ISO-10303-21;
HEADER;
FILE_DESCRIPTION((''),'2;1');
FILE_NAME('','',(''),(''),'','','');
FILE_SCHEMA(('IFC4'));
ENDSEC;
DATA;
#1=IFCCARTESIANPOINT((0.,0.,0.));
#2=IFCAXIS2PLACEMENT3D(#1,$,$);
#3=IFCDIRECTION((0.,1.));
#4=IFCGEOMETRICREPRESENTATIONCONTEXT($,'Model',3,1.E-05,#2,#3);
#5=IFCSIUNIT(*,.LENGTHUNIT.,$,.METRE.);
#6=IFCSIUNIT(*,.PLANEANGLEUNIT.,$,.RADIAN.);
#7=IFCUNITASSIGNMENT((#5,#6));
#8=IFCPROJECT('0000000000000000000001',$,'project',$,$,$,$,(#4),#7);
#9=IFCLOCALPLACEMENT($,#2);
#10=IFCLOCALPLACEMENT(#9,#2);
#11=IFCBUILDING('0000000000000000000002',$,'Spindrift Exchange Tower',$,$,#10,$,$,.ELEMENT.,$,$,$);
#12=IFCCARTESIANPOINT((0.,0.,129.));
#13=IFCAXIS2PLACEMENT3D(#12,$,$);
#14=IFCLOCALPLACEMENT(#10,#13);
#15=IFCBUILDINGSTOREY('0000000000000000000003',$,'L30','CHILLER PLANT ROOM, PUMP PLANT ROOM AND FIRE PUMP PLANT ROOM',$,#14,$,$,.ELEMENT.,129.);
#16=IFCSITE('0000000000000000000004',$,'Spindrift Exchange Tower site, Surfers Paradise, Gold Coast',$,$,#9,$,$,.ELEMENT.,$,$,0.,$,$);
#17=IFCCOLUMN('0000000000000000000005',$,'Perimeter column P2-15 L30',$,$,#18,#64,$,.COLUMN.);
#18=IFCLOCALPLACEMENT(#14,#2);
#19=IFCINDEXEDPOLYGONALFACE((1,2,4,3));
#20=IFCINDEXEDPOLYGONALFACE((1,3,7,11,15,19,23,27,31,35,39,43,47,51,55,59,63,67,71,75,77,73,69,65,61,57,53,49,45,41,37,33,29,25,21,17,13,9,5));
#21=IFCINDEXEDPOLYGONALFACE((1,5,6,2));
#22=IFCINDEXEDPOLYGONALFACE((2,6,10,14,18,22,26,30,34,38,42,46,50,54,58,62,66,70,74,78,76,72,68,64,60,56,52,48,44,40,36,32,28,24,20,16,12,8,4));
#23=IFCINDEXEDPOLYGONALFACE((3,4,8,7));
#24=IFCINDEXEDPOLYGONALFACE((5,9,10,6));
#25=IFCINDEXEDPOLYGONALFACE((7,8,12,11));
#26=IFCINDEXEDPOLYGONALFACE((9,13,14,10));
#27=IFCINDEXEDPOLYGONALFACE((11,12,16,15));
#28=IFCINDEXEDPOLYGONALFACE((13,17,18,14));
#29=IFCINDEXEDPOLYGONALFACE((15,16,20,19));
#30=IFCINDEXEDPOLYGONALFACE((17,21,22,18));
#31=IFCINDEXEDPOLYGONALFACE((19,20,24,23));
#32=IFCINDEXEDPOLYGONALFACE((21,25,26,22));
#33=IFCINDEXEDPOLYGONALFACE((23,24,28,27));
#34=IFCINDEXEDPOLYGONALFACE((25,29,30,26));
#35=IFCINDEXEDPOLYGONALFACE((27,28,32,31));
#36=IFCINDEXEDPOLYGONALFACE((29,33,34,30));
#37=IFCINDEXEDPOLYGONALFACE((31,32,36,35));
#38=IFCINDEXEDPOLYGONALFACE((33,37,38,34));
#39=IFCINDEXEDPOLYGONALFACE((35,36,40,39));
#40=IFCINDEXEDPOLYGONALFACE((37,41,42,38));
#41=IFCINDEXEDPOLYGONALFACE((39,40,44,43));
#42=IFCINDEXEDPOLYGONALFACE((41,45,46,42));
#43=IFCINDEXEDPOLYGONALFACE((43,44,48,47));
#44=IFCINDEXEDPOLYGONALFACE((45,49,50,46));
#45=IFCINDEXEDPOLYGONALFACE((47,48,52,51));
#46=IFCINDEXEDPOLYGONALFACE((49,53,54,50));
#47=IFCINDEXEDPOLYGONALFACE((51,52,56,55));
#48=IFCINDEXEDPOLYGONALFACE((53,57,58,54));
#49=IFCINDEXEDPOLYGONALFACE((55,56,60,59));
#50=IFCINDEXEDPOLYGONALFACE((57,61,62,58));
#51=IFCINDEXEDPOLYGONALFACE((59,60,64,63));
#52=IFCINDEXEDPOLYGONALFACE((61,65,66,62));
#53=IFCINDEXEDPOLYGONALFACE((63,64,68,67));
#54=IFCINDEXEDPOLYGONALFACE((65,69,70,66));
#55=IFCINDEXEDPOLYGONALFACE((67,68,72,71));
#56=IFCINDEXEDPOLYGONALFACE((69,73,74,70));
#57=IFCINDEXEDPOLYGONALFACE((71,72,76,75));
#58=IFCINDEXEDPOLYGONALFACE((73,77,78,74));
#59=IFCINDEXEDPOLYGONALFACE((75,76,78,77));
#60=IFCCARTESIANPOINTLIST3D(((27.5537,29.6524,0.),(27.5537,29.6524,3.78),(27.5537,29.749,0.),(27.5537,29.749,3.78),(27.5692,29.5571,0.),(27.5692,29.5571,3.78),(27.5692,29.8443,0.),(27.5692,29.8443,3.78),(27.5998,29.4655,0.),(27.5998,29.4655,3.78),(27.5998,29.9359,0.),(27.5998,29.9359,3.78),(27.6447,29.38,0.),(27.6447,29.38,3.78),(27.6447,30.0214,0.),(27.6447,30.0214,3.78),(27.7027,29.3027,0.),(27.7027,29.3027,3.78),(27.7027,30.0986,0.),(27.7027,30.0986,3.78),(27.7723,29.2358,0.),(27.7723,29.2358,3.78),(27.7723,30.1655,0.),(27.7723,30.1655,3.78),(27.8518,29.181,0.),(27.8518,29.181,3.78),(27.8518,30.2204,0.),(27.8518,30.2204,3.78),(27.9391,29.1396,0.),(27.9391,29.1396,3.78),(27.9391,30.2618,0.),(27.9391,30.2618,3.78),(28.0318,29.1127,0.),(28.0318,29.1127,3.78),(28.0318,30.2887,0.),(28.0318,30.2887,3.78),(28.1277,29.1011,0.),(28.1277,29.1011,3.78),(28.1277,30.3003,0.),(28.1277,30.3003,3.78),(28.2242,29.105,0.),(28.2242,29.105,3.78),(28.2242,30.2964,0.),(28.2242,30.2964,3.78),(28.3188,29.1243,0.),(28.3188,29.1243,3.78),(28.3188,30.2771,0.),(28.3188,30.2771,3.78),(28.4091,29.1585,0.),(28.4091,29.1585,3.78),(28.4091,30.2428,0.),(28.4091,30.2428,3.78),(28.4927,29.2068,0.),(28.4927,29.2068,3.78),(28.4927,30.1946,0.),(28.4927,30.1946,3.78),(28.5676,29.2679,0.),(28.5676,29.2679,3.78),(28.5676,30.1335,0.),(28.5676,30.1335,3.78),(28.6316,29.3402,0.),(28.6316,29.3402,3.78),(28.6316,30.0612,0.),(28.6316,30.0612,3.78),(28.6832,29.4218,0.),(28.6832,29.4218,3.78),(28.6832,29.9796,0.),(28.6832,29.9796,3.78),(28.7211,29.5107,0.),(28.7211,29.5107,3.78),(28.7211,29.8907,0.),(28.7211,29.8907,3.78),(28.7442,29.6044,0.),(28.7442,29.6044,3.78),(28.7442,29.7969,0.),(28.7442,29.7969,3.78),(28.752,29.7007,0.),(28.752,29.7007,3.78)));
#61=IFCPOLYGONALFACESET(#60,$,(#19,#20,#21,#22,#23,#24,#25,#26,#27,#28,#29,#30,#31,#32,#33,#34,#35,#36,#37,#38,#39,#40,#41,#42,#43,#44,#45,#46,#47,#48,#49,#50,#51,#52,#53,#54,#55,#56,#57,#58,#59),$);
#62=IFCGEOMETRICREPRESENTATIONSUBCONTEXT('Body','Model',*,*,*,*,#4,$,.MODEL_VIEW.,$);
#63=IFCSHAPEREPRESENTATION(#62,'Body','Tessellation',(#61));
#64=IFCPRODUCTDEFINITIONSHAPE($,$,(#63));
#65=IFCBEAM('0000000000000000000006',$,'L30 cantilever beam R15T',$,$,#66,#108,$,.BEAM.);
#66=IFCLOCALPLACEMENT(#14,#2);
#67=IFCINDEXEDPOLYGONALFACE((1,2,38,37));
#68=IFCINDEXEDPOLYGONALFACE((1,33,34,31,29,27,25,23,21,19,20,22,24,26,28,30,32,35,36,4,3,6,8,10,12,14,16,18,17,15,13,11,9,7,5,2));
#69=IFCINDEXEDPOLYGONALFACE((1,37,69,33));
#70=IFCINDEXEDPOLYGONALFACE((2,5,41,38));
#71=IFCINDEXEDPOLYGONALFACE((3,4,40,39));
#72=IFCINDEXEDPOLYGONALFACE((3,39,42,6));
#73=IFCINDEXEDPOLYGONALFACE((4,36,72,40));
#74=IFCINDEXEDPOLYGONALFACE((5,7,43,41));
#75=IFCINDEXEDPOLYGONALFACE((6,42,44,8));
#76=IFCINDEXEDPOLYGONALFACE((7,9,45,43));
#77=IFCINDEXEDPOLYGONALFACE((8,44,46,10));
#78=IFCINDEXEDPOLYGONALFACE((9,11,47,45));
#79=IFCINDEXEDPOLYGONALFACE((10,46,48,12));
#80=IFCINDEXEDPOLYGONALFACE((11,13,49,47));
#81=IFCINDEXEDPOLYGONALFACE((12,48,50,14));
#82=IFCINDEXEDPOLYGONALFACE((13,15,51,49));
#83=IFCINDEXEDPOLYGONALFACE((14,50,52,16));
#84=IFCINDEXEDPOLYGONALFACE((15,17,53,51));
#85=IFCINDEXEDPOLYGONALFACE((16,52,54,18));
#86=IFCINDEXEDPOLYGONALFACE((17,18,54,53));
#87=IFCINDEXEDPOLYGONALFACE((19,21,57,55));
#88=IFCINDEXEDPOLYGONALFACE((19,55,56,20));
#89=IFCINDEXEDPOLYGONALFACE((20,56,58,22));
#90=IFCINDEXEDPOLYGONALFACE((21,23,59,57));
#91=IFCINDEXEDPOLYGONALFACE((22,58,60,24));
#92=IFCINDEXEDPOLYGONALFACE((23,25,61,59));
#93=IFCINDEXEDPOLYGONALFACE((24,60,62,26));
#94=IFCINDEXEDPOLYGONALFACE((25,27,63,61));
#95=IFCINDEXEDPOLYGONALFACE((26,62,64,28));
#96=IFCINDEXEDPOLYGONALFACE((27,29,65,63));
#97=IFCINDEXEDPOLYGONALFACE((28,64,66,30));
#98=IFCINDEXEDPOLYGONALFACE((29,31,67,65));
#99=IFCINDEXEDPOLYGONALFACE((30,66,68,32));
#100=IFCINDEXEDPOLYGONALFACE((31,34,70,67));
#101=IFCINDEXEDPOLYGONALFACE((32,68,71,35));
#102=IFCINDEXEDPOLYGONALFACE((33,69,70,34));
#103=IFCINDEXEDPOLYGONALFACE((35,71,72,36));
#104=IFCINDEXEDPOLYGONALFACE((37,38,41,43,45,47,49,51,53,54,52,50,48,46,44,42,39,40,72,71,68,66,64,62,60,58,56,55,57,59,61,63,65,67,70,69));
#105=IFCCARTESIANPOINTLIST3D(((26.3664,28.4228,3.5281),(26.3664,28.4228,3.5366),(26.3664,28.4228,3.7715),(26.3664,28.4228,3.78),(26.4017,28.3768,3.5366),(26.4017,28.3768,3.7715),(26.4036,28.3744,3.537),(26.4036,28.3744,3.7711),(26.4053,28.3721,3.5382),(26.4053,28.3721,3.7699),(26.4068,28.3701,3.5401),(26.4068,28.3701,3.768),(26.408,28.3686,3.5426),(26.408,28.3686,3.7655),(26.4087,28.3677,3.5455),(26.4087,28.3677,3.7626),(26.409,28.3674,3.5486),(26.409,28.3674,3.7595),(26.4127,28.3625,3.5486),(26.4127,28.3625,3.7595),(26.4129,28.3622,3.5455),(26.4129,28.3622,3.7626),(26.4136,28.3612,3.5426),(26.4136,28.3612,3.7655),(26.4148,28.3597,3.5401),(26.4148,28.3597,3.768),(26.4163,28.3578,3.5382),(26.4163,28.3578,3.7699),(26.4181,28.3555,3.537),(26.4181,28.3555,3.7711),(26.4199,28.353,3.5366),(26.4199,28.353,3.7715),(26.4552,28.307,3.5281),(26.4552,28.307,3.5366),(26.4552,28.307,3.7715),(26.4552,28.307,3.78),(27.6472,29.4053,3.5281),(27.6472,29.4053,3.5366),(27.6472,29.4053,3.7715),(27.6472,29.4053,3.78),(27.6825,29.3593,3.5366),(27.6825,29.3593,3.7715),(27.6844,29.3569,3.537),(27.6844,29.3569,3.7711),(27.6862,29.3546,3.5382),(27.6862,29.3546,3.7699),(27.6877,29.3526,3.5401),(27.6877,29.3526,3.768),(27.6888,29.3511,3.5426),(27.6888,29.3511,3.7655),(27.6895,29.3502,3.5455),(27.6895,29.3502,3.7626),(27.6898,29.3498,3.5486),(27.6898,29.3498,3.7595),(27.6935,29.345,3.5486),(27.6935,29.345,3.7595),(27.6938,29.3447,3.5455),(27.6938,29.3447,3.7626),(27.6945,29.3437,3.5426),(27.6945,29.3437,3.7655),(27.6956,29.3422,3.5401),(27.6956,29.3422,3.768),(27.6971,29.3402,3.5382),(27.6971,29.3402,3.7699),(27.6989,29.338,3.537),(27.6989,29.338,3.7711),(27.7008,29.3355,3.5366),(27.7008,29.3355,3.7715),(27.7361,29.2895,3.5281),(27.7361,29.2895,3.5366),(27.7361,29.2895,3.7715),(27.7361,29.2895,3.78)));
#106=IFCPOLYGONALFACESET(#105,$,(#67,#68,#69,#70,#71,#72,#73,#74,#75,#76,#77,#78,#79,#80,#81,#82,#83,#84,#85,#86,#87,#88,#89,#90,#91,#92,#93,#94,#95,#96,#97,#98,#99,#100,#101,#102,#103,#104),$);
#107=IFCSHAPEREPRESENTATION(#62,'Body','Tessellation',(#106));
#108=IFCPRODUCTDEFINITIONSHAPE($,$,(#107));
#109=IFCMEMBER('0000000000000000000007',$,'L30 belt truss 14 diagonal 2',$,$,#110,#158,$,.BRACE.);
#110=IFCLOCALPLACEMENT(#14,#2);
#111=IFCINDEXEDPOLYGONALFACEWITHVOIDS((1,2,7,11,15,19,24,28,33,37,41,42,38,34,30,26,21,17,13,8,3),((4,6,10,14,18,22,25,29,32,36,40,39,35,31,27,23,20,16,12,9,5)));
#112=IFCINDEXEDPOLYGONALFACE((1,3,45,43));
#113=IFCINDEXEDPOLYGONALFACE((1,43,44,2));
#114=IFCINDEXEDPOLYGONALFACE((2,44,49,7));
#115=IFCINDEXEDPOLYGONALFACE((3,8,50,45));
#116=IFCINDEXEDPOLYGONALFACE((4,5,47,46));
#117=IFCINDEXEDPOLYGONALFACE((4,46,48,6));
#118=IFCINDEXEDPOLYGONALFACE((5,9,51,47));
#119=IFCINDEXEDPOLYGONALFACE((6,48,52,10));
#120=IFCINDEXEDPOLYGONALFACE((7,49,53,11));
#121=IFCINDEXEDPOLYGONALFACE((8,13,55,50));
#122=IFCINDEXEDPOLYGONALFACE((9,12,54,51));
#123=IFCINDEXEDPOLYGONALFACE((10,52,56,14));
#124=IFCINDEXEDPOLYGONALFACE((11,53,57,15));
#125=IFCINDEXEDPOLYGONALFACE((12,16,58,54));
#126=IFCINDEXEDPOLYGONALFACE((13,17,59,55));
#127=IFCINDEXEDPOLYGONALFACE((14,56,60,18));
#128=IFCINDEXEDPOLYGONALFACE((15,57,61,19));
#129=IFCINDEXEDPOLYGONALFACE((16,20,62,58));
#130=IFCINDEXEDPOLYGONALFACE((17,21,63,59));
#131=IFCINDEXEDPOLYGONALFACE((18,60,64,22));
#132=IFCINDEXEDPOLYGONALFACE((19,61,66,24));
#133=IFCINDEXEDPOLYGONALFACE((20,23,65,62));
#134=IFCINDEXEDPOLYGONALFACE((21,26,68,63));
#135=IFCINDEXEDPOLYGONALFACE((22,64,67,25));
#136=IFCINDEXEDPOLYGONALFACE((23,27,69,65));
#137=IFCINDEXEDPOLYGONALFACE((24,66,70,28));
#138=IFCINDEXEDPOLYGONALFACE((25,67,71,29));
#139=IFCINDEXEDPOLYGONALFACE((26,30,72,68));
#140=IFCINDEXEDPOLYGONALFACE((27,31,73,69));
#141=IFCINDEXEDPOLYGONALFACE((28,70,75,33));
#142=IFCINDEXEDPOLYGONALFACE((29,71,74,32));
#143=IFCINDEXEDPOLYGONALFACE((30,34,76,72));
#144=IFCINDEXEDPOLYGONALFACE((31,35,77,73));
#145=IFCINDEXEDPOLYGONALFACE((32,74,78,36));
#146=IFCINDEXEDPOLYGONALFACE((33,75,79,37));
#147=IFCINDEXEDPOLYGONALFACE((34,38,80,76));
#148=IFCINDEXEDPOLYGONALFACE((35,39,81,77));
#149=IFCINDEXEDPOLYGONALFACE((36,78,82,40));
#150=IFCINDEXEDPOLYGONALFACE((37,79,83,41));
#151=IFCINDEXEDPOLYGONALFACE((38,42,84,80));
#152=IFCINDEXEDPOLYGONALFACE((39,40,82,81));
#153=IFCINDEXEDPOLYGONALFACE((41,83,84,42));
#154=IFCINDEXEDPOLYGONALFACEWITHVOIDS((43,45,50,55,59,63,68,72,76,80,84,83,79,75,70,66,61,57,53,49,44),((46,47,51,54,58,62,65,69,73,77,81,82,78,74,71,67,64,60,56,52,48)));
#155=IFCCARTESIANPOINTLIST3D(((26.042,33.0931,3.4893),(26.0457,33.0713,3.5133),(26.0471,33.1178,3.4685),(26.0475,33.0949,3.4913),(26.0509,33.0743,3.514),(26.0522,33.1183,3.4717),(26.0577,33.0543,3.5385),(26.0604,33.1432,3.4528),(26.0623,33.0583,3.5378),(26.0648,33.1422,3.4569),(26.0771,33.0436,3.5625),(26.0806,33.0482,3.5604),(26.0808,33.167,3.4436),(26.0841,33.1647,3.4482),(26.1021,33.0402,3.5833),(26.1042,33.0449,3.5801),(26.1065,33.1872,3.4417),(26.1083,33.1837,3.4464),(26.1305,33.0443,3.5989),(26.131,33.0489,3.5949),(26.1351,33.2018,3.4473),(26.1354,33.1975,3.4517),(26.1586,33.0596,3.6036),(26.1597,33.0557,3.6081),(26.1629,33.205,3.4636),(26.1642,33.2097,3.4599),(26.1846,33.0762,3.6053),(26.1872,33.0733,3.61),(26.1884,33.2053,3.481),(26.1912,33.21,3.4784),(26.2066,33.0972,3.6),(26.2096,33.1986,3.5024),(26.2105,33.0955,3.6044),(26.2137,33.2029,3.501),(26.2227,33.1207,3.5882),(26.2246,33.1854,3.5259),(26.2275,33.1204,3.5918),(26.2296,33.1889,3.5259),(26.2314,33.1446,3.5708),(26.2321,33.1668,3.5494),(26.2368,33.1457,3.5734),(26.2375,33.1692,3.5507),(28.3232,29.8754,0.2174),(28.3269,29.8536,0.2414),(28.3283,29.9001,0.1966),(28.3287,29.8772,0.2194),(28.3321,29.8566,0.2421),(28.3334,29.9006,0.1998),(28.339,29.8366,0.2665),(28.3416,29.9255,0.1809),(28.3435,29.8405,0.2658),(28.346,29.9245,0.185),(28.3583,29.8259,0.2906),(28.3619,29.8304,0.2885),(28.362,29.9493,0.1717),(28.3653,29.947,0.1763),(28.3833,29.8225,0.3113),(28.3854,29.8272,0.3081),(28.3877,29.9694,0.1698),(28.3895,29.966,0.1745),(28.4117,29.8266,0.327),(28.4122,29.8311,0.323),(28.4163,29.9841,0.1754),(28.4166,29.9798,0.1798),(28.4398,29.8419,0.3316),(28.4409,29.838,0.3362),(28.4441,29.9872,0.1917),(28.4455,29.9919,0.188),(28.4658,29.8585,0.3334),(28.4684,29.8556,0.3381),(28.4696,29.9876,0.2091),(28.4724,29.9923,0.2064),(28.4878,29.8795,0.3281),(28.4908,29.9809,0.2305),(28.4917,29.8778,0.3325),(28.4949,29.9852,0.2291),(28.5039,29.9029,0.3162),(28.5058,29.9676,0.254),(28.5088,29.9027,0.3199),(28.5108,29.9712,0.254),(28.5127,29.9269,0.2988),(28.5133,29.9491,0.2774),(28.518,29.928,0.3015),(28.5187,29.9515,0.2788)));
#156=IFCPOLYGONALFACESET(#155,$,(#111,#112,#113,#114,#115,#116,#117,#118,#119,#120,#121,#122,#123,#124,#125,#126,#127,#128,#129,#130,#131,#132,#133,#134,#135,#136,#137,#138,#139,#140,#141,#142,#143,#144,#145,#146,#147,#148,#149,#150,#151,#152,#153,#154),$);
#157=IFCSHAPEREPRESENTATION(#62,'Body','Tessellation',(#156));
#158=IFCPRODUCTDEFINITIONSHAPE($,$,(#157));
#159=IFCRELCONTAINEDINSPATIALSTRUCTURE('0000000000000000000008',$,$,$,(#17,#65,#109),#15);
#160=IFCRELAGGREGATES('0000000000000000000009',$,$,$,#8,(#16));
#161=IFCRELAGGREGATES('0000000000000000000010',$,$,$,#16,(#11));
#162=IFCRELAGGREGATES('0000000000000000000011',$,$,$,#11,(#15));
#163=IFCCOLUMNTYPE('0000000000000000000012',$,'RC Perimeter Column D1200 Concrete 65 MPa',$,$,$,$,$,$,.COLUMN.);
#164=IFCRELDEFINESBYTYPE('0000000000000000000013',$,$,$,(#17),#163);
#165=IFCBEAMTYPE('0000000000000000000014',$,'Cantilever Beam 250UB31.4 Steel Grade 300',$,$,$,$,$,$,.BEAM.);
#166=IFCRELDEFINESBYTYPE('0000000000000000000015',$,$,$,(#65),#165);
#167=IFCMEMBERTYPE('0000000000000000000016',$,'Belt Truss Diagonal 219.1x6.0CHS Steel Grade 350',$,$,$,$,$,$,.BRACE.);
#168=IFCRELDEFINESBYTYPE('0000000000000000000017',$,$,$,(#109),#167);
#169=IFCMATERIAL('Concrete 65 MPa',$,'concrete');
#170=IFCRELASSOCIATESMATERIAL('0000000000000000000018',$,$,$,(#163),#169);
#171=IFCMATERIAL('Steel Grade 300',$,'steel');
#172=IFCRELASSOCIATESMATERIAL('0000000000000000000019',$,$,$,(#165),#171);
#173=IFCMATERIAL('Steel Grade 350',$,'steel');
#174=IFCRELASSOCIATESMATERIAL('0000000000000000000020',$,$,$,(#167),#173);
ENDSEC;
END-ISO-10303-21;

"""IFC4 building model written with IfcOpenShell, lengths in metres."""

from ifc_helpers import new_model, si_unit, direction, frame, origin, origin_2d, place, context, subcontext, project, spatial, circle, hollow_circle, i_section, extrude, source, transform, mapped, material, material_profile, profile_set, type_object, element, save


model = new_model("IFC4")

# Units and contexts
model_context = context("Model", 3, precision=1e-05, world=origin(), true_north=direction((0.0, 1.0)))
body_context = subcontext(model_context, "Body", "Model", "MODEL_VIEW")
ifc_project = project(units=[si_unit("LENGTHUNIT", "METRE"), si_unit("PLANEANGLEUNIT", "RADIAN")], contexts=[model_context])

# Site, building, storey
site_placement = place(None, origin())
site = spatial("IfcSite", under=ifc_project, at=site_placement, Name="Spindrift Exchange Tower site, Surfers Paradise, Gold Coast", CompositionType="ELEMENT", RefElevation=0.0)
building_placement = place(site_placement, origin())
building = spatial("IfcBuilding", under=site, at=building_placement, Name="Spindrift Exchange Tower", CompositionType="ELEMENT")
storey_placement = place(building_placement, frame((0.0, 0.0, 129.0)))
storey = spatial("IfcBuildingStorey", under=building, at=storey_placement, Name="L30", Description="CHILLER PLANT ROOM, PUMP PLANT ROOM AND FIRE PUMP PLANT ROOM", CompositionType="ELEMENT", Elevation=129.0)

# Column
ifc_material_1 = material(Name="Concrete 65 MPa", Category="concrete")
ifc_material_profile_1 = material_profile(ifc_material_1, circle(Radius=0.6001, at=origin_2d()), Name="RC D1200")
ifc_profile_set_1 = profile_set([ifc_material_profile_1], Name="Concrete 65 MPa")
column_type = type_object("IfcColumnType", Name="RC Perimeter Column D1200 Concrete 65 MPa", PredefinedType="COLUMN", material=ifc_profile_set_1)
shared_shape_1 = source(origin(), body_context, "Body", "SweptSolid", [
    extrude(circle(Radius=0.6001, at=origin_2d()), origin(), (0.0, 0.0, 1.0), 3.78),
])
column_placement = place(storey_placement, frame((28.1519, 29.7007, 0.0), z_axis=(0.0, 0.0, 1.0), x_axis=(1.0, 0.0, 0.0)))
element("IfcColumn", 1, at=column_placement, inside=storey, type_object=column_type, Name="Perimeter column P2-15 L30", PredefinedType="COLUMN", context=body_context, shape_type="MappedRepresentation", body=[
    mapped(shared_shape_1, transform((0.0, 0.0, 0.0), scale=1.0)),
])

# Beam
ifc_material_2 = material(Name="Steel Grade 300", Category="steel")
ifc_material_profile_2 = material_profile(ifc_material_2, i_section(OverallWidth=0.146, OverallDepth=0.252, WebThickness=0.0061, FlangeThickness=0.0085, FilletRadius=0.012, at=origin_2d()), Name="250UB31.4")
ifc_profile_set_2 = profile_set([ifc_material_profile_2], Name="Steel Grade 300")
beam_type_1 = type_object("IfcBeamType", Name="Cantilever Beam 250UB31.4 Steel Grade 300", PredefinedType="BEAM", material=ifc_profile_set_2)
shared_shape_2 = source(origin(), body_context, "Body", "SweptSolid", [
    extrude(i_section(OverallWidth=0.146, OverallDepth=0.252, WebThickness=0.0061, FlangeThickness=0.0085, FilletRadius=0.012, at=origin_2d()), origin(), (0.0, 0.0, 1.0), 1.6143),
])
beam_1_placement = place(storey_placement, frame((27.6917, 29.3474, 3.6541), z_axis=(-0.793455, -0.608628, 0.0), x_axis=(0.608628, -0.793455, 0.0)))
element("IfcBeam", 2, at=beam_1_placement, inside=storey, type_object=beam_type_1, Name="L30 cantilever beam R15T", PredefinedType="BEAM", context=body_context, shape_type="MappedRepresentation", body=[
    mapped(shared_shape_2, transform((0.0, 0.0, 0.0), scale=1.0)),
])

# Member
ifc_material_3 = material(Name="Steel Grade 350", Category="steel")
ifc_material_profile_3 = material_profile(ifc_material_3, hollow_circle(Radius=0.1096, WallThickness=0.0061, at=origin_2d()), Name="219.1x6.0CHS")
ifc_profile_set_3 = profile_set([ifc_material_profile_3], Name="Steel Grade 350")
member_type_1 = type_object("IfcMemberType", Name="Belt Truss Diagonal 219.1x6.0CHS Steel Grade 350", PredefinedType="BRACE", material=ifc_profile_set_3)
shared_shape_3 = source(origin(), body_context, "Body", "SweptSolid", [
    extrude(hollow_circle(Radius=0.1096, WallThickness=0.0061, at=origin_2d()), origin(), (0.0, 0.0, 1.0), 5.1248),
])
member_1_placement = place(storey_placement, frame((26.1401, 33.1255, 3.5259), z_axis=(0.445136, -0.627878, -0.638454), x_axis=(0.815786, 0.578354, 0.0)))
element("IfcMember", 3, at=member_1_placement, inside=storey, type_object=member_type_1, Name="L30 belt truss 14 diagonal 2", PredefinedType="BRACE", context=body_context, shape_type="MappedRepresentation", body=[
    mapped(shared_shape_3, transform((0.0, 0.0, 0.0), scale=1.0)),
])

save(model, "model.ifc")
